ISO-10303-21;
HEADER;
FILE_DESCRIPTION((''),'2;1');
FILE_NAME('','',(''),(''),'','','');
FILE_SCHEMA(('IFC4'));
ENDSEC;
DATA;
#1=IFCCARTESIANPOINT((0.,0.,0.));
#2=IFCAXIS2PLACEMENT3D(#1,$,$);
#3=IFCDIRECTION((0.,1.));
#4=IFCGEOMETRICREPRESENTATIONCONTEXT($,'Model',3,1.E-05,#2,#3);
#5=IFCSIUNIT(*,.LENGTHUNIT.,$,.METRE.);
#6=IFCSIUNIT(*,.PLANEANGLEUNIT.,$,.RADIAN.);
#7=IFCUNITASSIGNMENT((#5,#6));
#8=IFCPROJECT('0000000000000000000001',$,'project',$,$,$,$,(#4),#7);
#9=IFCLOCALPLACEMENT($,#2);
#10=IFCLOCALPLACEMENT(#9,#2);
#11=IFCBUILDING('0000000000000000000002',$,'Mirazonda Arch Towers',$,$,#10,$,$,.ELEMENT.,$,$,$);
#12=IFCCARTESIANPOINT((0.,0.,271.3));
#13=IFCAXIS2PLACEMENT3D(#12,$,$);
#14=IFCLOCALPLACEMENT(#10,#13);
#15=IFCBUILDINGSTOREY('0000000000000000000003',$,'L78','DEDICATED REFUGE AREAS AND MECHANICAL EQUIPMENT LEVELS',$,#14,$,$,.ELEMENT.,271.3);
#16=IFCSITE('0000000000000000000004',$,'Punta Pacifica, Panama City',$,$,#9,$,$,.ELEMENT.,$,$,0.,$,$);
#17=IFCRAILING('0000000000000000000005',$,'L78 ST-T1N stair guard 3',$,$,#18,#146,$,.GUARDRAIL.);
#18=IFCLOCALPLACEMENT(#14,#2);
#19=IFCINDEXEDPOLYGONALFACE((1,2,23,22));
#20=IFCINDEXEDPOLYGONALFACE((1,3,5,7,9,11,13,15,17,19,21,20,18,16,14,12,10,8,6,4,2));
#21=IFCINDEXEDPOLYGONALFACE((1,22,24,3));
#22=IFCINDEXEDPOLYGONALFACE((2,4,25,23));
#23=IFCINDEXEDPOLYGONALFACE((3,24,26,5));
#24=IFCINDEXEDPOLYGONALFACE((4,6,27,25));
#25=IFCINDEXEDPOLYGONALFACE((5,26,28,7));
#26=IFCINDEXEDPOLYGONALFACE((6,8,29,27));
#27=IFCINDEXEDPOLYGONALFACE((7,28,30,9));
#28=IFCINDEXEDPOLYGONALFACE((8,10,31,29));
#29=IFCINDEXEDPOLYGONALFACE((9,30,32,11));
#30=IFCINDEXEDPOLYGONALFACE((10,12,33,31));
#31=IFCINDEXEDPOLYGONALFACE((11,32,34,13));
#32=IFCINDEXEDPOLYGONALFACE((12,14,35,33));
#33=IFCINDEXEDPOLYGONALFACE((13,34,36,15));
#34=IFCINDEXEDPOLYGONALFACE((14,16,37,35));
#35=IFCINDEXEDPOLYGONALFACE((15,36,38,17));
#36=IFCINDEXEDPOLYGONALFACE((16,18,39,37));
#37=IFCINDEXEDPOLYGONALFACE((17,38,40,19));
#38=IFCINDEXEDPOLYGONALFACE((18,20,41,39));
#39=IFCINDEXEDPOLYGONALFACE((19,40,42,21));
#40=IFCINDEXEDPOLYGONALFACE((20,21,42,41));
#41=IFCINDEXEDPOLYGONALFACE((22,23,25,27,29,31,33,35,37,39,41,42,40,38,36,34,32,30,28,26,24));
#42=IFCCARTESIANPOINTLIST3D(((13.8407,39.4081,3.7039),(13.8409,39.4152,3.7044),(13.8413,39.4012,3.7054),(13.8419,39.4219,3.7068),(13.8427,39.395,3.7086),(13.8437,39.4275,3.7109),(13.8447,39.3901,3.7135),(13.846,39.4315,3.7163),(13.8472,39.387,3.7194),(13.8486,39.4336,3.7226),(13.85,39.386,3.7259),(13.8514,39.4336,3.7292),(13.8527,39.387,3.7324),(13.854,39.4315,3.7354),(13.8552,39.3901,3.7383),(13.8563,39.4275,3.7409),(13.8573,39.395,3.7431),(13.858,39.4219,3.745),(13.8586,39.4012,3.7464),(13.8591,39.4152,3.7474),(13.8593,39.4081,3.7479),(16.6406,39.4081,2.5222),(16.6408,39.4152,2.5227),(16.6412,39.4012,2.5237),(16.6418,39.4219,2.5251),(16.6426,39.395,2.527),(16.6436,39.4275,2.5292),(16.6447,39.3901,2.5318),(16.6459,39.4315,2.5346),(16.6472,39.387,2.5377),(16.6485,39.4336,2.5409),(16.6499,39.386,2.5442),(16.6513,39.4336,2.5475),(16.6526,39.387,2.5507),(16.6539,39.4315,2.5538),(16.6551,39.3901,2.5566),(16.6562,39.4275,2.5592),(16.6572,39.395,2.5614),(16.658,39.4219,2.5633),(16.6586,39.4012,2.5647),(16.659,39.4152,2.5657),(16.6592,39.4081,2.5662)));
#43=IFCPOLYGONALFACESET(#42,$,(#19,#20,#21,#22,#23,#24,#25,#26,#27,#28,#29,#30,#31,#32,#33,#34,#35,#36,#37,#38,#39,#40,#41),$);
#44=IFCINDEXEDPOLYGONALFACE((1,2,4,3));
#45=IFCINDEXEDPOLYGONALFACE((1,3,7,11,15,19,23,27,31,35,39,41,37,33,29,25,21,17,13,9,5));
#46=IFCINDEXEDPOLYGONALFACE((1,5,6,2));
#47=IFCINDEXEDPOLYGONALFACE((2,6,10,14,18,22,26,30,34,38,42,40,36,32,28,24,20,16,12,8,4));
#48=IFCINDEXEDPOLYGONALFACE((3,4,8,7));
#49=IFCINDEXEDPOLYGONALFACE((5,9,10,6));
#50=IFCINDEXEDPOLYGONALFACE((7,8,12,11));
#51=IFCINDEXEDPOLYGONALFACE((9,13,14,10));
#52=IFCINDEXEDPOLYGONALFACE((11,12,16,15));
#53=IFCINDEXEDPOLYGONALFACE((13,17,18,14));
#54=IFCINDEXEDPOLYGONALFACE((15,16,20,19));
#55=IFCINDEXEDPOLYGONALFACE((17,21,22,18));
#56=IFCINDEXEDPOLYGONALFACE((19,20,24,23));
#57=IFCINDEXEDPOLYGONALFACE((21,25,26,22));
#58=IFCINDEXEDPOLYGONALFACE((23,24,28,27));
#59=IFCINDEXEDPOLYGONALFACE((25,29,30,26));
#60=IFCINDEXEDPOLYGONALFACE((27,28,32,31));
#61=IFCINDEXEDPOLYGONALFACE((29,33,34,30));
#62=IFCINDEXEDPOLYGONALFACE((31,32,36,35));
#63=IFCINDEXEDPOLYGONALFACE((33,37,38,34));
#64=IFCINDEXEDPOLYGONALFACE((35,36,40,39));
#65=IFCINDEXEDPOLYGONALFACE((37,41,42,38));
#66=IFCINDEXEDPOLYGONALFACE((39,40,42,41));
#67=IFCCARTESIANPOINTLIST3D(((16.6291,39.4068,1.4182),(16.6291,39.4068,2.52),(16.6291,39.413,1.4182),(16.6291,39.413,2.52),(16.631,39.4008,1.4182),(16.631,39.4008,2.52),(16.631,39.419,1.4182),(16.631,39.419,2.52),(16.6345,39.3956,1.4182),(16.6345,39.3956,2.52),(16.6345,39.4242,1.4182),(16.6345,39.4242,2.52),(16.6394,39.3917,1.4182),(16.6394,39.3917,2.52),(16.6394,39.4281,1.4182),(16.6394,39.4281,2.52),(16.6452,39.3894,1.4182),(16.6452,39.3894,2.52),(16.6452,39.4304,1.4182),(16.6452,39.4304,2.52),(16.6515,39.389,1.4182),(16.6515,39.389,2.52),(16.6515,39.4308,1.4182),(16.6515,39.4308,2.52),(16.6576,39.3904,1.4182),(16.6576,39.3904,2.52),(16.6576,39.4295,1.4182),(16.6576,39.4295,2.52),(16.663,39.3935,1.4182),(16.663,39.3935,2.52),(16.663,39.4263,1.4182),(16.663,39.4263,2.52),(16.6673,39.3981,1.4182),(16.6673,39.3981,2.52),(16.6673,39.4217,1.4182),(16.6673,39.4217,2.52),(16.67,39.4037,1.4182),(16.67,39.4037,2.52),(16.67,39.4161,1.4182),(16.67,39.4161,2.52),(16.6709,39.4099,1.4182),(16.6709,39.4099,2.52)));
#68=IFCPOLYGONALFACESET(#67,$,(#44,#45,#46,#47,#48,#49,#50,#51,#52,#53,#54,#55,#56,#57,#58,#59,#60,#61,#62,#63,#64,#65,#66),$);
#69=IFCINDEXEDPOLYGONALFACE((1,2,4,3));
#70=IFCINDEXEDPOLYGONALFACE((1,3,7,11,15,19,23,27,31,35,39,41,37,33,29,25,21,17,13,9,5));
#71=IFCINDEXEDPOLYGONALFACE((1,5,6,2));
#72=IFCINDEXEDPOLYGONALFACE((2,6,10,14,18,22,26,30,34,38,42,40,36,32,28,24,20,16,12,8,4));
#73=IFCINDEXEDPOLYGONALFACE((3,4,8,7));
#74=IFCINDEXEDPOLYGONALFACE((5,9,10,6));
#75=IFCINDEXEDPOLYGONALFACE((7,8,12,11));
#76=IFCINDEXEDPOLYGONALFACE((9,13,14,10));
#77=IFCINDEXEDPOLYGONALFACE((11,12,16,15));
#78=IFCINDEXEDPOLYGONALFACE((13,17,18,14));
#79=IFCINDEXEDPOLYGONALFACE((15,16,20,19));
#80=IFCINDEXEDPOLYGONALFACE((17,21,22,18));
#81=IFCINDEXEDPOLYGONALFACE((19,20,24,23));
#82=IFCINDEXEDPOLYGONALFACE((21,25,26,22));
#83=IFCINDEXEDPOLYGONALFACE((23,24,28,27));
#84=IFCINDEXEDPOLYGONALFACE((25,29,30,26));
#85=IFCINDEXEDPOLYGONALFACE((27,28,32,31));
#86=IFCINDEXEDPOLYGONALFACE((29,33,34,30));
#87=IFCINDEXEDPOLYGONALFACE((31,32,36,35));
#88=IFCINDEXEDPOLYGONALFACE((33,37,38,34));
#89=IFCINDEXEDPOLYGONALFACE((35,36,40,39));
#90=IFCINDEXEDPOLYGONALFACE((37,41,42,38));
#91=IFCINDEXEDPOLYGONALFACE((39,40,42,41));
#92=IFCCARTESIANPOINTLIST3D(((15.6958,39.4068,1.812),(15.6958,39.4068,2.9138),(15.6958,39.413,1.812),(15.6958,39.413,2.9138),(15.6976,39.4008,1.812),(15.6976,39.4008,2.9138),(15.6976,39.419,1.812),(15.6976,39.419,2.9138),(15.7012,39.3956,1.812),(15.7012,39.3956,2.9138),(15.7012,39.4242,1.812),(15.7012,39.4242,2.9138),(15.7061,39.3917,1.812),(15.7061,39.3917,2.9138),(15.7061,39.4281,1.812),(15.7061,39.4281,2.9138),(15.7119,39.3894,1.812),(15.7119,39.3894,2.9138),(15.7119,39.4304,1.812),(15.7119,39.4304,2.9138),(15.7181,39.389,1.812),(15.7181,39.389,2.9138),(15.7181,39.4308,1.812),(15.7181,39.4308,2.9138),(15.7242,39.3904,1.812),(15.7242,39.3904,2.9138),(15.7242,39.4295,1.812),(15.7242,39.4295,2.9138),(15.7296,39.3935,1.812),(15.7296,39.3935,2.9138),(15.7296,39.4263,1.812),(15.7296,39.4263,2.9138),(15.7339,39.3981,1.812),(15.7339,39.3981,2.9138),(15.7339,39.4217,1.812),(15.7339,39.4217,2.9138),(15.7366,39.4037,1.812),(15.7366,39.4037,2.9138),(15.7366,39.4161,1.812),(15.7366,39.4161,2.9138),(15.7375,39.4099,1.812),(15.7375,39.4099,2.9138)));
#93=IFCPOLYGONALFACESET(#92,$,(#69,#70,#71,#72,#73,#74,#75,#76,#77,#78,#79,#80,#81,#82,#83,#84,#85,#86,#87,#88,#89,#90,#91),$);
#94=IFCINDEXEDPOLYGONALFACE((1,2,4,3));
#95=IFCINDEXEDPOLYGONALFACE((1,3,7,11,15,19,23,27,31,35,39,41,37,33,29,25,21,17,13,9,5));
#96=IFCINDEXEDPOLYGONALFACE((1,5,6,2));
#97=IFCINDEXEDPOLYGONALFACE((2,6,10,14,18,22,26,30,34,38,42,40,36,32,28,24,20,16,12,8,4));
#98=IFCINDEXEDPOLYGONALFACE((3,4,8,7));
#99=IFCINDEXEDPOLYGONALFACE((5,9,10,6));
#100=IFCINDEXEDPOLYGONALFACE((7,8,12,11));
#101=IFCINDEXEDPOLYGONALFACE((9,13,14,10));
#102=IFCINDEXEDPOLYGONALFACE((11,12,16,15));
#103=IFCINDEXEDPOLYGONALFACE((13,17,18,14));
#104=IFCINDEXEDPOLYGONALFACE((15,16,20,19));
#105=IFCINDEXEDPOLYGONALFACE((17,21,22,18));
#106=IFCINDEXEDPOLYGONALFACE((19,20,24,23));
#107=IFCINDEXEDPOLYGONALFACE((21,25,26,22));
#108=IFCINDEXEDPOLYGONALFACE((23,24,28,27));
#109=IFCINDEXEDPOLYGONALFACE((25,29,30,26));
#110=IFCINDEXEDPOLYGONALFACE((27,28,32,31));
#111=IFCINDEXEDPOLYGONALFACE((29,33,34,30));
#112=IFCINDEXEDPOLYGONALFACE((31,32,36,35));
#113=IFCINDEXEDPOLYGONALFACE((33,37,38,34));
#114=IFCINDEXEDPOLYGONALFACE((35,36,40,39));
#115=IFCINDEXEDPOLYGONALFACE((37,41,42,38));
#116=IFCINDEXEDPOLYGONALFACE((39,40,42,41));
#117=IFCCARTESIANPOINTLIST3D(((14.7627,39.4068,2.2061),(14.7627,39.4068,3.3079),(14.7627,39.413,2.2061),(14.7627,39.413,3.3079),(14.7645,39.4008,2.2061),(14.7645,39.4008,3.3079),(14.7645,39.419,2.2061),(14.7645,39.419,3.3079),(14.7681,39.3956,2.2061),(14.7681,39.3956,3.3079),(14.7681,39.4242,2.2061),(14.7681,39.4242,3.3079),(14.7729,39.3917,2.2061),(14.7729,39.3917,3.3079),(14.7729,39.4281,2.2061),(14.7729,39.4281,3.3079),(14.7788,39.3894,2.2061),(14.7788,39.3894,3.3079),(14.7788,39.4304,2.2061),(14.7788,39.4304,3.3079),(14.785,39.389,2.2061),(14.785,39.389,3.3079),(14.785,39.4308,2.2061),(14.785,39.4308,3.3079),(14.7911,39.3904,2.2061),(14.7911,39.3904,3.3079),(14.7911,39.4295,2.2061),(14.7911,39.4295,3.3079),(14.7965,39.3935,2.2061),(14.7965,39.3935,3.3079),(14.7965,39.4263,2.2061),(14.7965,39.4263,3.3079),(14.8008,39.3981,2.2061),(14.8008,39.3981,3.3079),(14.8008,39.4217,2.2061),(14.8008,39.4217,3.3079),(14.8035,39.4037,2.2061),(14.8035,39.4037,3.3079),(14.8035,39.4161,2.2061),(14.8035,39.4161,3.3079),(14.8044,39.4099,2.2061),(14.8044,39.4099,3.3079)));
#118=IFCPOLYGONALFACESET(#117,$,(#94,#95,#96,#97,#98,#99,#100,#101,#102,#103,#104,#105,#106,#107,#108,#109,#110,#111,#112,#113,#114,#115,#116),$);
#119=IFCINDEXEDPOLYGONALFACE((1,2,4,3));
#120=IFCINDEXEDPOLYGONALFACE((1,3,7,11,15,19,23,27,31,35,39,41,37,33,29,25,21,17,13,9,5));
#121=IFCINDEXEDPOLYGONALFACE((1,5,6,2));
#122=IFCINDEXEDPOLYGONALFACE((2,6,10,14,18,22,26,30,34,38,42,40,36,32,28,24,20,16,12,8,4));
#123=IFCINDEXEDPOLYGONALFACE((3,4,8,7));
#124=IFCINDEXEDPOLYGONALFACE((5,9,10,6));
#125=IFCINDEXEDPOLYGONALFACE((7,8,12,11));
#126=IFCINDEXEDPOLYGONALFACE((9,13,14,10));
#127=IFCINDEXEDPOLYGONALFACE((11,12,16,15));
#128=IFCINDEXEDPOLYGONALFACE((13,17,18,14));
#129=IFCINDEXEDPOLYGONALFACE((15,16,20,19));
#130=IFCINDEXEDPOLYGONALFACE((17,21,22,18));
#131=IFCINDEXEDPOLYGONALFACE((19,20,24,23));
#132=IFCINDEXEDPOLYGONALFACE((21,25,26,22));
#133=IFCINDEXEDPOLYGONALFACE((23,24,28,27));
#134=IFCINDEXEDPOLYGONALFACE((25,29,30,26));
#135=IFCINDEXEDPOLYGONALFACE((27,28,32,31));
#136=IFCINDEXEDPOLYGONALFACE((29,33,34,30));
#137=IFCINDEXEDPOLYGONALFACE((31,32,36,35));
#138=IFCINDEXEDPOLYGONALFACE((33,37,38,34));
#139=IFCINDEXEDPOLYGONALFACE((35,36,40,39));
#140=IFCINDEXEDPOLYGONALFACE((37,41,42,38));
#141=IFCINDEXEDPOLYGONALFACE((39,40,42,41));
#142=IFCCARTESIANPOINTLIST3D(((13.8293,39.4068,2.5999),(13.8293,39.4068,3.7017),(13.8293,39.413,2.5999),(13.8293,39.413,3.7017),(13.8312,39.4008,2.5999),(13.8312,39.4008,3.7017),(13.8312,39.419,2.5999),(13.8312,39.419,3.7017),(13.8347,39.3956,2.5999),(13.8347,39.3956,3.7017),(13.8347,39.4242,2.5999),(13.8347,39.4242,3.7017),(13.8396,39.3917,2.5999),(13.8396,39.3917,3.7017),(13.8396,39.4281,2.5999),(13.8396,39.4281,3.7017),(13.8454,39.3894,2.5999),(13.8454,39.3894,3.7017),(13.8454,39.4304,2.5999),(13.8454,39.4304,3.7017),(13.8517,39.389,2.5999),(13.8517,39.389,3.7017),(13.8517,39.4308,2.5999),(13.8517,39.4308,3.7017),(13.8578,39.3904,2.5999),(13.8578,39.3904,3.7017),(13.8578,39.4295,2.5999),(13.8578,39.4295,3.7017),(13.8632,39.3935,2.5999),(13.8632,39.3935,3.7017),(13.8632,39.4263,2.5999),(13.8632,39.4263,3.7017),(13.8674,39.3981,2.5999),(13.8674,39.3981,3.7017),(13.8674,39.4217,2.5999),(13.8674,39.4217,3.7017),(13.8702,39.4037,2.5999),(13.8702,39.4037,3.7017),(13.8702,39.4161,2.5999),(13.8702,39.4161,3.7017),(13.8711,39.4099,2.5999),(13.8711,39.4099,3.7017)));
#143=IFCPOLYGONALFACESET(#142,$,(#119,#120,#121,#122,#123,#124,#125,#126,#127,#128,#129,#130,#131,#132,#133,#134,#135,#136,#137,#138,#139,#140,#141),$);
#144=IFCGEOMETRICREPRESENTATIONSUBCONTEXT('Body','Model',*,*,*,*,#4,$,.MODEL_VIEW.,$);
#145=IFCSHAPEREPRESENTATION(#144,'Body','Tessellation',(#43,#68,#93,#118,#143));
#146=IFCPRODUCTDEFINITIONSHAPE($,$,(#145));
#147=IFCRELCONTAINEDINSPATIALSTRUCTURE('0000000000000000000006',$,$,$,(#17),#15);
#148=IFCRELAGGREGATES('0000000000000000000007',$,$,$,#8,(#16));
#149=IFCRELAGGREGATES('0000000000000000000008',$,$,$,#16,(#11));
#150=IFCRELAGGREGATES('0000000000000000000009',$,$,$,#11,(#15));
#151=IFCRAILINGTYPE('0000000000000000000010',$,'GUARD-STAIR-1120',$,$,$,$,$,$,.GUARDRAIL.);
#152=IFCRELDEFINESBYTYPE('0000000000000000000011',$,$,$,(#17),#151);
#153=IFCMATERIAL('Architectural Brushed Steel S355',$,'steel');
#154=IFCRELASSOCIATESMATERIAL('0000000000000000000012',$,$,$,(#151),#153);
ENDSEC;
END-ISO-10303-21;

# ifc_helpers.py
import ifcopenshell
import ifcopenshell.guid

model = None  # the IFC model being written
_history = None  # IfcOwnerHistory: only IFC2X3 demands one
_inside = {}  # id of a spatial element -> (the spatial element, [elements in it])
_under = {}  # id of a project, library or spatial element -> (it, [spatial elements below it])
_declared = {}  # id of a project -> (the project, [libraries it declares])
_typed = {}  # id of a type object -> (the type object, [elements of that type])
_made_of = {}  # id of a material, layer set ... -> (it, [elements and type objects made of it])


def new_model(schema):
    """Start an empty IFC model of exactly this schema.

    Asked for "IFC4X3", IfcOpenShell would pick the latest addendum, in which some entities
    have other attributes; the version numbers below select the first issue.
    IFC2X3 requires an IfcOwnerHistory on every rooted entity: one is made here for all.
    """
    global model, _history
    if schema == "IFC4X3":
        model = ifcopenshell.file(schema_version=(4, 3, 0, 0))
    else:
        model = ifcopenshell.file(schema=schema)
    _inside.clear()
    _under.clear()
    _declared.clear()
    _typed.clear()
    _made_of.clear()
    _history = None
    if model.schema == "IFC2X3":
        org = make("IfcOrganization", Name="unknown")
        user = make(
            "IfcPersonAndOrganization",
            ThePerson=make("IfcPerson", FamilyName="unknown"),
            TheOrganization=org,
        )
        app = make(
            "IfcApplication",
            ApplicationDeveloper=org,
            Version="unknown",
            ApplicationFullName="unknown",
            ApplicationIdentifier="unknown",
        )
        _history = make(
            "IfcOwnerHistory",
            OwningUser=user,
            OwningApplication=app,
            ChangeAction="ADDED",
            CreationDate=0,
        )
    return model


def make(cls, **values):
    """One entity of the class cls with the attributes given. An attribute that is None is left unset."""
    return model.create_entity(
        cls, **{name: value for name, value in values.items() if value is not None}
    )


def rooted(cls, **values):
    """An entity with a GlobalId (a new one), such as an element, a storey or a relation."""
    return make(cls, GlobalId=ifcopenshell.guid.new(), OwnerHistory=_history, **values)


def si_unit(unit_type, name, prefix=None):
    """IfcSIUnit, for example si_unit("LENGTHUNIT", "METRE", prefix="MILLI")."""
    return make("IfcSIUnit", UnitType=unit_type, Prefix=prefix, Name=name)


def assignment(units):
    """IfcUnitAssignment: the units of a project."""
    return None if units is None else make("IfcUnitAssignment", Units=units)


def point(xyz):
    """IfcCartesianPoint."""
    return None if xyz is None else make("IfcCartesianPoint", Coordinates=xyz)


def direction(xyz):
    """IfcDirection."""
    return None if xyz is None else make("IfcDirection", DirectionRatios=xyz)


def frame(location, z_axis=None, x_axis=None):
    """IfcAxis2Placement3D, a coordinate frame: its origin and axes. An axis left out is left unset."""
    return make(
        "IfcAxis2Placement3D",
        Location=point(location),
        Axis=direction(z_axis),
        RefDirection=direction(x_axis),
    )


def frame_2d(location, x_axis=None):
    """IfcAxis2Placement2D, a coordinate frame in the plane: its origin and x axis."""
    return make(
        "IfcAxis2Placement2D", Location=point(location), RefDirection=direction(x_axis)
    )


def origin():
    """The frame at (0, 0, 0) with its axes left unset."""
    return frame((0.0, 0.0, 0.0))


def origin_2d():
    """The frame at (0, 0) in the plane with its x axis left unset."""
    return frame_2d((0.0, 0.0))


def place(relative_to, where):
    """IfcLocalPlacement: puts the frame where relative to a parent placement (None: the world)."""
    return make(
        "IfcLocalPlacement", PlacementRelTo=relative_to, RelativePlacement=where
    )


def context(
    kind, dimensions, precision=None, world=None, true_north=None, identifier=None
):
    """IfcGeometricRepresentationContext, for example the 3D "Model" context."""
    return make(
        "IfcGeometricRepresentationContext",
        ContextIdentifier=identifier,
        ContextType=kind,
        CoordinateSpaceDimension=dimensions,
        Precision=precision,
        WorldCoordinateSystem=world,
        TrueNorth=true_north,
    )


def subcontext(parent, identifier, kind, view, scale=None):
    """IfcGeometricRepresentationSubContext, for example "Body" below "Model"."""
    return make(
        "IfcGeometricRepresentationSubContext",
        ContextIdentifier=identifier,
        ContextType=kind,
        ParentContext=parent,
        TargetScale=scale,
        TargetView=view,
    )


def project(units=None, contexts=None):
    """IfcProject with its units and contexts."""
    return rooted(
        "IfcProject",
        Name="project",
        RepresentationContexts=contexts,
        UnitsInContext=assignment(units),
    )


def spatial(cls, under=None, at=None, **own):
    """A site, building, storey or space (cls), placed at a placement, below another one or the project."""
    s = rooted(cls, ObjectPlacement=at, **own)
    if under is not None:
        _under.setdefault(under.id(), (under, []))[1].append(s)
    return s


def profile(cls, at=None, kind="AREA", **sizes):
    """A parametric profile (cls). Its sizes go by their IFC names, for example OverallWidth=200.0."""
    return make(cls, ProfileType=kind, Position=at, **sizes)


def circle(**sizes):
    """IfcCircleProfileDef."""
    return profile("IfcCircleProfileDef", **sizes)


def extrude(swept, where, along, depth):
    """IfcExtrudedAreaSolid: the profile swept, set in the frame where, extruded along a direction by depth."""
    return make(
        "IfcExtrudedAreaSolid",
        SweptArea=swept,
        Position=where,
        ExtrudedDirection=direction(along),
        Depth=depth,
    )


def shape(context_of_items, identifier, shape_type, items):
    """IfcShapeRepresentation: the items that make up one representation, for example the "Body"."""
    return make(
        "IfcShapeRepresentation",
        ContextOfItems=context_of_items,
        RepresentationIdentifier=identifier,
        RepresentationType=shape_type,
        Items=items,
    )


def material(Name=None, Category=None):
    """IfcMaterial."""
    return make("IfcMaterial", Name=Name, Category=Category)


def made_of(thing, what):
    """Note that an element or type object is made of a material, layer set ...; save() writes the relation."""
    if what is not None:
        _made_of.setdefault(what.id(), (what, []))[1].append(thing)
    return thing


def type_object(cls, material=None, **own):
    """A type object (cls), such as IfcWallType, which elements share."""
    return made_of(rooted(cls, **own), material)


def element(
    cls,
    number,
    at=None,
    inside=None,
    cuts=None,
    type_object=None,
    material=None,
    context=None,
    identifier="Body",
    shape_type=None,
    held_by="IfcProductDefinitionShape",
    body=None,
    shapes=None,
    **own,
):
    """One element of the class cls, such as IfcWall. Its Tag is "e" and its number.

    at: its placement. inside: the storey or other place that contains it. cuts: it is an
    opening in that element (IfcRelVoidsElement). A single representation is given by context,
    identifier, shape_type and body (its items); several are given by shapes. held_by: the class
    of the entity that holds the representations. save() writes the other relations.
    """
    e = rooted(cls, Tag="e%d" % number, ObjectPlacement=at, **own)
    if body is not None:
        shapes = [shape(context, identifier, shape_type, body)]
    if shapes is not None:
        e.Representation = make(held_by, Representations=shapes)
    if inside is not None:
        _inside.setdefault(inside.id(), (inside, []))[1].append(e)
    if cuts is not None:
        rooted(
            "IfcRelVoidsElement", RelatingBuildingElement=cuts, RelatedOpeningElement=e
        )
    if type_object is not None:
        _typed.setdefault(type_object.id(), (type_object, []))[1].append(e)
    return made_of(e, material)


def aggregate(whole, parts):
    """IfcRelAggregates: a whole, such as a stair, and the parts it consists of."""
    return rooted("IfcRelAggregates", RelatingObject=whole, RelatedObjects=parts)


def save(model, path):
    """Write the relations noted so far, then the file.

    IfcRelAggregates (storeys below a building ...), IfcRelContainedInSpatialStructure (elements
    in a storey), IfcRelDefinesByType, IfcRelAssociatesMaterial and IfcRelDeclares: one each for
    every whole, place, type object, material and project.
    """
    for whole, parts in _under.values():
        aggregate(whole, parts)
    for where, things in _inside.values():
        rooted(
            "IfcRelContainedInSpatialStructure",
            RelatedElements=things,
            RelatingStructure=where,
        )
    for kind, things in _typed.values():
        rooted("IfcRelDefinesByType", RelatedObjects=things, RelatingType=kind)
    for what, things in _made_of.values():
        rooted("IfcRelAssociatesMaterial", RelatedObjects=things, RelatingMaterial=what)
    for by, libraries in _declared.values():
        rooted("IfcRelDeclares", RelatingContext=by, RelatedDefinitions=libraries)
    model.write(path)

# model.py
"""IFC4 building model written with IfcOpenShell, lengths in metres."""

from ifc_helpers import new_model, si_unit, direction, frame, origin, origin_2d, place, context, subcontext, project, spatial, circle, extrude, material, type_object, element, save


model = new_model("IFC4")

# Units and contexts
model_context = context("Model", 3, precision=1e-05, world=origin(), true_north=direction((0.0, 1.0)))
body_context = subcontext(model_context, "Body", "Model", "MODEL_VIEW")
ifc_project = project(units=[si_unit("LENGTHUNIT", "METRE"), si_unit("PLANEANGLEUNIT", "RADIAN")], contexts=[model_context])

# Site, building, storey
site_placement = place(None, origin())
site = spatial("IfcSite", under=ifc_project, at=site_placement, Name="Punta Pacifica, Panama City", CompositionType="ELEMENT", RefElevation=0.0)
building_placement = place(site_placement, origin())
building = spatial("IfcBuilding", under=site, at=building_placement, Name="Mirazonda Arch Towers", CompositionType="ELEMENT")
storey_placement = place(building_placement, frame((0.0, 0.0, 271.3)))
storey = spatial("IfcBuildingStorey", under=building, at=storey_placement, Name="L78", Description="DEDICATED REFUGE AREAS AND MECHANICAL EQUIPMENT LEVELS", CompositionType="ELEMENT", Elevation=271.3)

# Shared definitions
ifc_material_1 = material(Name="Architectural Brushed Steel S355", Category="steel")

# Railing
railing_type_1 = type_object("IfcRailingType", Name="GUARD-STAIR-1120", PredefinedType="GUARDRAIL", material=ifc_material_1)
railing_1_placement = place(storey_placement, frame((16.6499, 39.4099, 1.4182)))
element("IfcRailing", 1, at=railing_1_placement, inside=storey, type_object=railing_type_1, Name="L78 ST-T1N stair guard 3", PredefinedType="GUARDRAIL", context=body_context, shape_type="SweptSolid", body=[
    extrude(circle(Radius=0.0239, at=origin_2d()), frame((0.0, 0.0, 1.126), z_axis=(-0.921308, 0.0, 0.388833), x_axis=(0.0, -1.0, 0.0)), (0.0, 0.0, 1.0), 3.0391),
    extrude(circle(Radius=0.021, at=origin_2d()), origin(), (0.0, 0.0, 1.0), 1.1018),
    extrude(circle(Radius=0.021, at=origin_2d()), frame((-0.9333, 0.0, 0.3938)), (0.0, 0.0, 1.0), 1.1018),
    extrude(circle(Radius=0.021, at=origin_2d()), frame((-1.8665, 0.0, 0.7878)), (0.0, 0.0, 1.0), 1.1018),
    extrude(circle(Radius=0.021, at=origin_2d()), frame((-2.7998, 0.0, 1.1816)), (0.0, 0.0, 1.0), 1.1018),
])

save(model, "model.ifc")
